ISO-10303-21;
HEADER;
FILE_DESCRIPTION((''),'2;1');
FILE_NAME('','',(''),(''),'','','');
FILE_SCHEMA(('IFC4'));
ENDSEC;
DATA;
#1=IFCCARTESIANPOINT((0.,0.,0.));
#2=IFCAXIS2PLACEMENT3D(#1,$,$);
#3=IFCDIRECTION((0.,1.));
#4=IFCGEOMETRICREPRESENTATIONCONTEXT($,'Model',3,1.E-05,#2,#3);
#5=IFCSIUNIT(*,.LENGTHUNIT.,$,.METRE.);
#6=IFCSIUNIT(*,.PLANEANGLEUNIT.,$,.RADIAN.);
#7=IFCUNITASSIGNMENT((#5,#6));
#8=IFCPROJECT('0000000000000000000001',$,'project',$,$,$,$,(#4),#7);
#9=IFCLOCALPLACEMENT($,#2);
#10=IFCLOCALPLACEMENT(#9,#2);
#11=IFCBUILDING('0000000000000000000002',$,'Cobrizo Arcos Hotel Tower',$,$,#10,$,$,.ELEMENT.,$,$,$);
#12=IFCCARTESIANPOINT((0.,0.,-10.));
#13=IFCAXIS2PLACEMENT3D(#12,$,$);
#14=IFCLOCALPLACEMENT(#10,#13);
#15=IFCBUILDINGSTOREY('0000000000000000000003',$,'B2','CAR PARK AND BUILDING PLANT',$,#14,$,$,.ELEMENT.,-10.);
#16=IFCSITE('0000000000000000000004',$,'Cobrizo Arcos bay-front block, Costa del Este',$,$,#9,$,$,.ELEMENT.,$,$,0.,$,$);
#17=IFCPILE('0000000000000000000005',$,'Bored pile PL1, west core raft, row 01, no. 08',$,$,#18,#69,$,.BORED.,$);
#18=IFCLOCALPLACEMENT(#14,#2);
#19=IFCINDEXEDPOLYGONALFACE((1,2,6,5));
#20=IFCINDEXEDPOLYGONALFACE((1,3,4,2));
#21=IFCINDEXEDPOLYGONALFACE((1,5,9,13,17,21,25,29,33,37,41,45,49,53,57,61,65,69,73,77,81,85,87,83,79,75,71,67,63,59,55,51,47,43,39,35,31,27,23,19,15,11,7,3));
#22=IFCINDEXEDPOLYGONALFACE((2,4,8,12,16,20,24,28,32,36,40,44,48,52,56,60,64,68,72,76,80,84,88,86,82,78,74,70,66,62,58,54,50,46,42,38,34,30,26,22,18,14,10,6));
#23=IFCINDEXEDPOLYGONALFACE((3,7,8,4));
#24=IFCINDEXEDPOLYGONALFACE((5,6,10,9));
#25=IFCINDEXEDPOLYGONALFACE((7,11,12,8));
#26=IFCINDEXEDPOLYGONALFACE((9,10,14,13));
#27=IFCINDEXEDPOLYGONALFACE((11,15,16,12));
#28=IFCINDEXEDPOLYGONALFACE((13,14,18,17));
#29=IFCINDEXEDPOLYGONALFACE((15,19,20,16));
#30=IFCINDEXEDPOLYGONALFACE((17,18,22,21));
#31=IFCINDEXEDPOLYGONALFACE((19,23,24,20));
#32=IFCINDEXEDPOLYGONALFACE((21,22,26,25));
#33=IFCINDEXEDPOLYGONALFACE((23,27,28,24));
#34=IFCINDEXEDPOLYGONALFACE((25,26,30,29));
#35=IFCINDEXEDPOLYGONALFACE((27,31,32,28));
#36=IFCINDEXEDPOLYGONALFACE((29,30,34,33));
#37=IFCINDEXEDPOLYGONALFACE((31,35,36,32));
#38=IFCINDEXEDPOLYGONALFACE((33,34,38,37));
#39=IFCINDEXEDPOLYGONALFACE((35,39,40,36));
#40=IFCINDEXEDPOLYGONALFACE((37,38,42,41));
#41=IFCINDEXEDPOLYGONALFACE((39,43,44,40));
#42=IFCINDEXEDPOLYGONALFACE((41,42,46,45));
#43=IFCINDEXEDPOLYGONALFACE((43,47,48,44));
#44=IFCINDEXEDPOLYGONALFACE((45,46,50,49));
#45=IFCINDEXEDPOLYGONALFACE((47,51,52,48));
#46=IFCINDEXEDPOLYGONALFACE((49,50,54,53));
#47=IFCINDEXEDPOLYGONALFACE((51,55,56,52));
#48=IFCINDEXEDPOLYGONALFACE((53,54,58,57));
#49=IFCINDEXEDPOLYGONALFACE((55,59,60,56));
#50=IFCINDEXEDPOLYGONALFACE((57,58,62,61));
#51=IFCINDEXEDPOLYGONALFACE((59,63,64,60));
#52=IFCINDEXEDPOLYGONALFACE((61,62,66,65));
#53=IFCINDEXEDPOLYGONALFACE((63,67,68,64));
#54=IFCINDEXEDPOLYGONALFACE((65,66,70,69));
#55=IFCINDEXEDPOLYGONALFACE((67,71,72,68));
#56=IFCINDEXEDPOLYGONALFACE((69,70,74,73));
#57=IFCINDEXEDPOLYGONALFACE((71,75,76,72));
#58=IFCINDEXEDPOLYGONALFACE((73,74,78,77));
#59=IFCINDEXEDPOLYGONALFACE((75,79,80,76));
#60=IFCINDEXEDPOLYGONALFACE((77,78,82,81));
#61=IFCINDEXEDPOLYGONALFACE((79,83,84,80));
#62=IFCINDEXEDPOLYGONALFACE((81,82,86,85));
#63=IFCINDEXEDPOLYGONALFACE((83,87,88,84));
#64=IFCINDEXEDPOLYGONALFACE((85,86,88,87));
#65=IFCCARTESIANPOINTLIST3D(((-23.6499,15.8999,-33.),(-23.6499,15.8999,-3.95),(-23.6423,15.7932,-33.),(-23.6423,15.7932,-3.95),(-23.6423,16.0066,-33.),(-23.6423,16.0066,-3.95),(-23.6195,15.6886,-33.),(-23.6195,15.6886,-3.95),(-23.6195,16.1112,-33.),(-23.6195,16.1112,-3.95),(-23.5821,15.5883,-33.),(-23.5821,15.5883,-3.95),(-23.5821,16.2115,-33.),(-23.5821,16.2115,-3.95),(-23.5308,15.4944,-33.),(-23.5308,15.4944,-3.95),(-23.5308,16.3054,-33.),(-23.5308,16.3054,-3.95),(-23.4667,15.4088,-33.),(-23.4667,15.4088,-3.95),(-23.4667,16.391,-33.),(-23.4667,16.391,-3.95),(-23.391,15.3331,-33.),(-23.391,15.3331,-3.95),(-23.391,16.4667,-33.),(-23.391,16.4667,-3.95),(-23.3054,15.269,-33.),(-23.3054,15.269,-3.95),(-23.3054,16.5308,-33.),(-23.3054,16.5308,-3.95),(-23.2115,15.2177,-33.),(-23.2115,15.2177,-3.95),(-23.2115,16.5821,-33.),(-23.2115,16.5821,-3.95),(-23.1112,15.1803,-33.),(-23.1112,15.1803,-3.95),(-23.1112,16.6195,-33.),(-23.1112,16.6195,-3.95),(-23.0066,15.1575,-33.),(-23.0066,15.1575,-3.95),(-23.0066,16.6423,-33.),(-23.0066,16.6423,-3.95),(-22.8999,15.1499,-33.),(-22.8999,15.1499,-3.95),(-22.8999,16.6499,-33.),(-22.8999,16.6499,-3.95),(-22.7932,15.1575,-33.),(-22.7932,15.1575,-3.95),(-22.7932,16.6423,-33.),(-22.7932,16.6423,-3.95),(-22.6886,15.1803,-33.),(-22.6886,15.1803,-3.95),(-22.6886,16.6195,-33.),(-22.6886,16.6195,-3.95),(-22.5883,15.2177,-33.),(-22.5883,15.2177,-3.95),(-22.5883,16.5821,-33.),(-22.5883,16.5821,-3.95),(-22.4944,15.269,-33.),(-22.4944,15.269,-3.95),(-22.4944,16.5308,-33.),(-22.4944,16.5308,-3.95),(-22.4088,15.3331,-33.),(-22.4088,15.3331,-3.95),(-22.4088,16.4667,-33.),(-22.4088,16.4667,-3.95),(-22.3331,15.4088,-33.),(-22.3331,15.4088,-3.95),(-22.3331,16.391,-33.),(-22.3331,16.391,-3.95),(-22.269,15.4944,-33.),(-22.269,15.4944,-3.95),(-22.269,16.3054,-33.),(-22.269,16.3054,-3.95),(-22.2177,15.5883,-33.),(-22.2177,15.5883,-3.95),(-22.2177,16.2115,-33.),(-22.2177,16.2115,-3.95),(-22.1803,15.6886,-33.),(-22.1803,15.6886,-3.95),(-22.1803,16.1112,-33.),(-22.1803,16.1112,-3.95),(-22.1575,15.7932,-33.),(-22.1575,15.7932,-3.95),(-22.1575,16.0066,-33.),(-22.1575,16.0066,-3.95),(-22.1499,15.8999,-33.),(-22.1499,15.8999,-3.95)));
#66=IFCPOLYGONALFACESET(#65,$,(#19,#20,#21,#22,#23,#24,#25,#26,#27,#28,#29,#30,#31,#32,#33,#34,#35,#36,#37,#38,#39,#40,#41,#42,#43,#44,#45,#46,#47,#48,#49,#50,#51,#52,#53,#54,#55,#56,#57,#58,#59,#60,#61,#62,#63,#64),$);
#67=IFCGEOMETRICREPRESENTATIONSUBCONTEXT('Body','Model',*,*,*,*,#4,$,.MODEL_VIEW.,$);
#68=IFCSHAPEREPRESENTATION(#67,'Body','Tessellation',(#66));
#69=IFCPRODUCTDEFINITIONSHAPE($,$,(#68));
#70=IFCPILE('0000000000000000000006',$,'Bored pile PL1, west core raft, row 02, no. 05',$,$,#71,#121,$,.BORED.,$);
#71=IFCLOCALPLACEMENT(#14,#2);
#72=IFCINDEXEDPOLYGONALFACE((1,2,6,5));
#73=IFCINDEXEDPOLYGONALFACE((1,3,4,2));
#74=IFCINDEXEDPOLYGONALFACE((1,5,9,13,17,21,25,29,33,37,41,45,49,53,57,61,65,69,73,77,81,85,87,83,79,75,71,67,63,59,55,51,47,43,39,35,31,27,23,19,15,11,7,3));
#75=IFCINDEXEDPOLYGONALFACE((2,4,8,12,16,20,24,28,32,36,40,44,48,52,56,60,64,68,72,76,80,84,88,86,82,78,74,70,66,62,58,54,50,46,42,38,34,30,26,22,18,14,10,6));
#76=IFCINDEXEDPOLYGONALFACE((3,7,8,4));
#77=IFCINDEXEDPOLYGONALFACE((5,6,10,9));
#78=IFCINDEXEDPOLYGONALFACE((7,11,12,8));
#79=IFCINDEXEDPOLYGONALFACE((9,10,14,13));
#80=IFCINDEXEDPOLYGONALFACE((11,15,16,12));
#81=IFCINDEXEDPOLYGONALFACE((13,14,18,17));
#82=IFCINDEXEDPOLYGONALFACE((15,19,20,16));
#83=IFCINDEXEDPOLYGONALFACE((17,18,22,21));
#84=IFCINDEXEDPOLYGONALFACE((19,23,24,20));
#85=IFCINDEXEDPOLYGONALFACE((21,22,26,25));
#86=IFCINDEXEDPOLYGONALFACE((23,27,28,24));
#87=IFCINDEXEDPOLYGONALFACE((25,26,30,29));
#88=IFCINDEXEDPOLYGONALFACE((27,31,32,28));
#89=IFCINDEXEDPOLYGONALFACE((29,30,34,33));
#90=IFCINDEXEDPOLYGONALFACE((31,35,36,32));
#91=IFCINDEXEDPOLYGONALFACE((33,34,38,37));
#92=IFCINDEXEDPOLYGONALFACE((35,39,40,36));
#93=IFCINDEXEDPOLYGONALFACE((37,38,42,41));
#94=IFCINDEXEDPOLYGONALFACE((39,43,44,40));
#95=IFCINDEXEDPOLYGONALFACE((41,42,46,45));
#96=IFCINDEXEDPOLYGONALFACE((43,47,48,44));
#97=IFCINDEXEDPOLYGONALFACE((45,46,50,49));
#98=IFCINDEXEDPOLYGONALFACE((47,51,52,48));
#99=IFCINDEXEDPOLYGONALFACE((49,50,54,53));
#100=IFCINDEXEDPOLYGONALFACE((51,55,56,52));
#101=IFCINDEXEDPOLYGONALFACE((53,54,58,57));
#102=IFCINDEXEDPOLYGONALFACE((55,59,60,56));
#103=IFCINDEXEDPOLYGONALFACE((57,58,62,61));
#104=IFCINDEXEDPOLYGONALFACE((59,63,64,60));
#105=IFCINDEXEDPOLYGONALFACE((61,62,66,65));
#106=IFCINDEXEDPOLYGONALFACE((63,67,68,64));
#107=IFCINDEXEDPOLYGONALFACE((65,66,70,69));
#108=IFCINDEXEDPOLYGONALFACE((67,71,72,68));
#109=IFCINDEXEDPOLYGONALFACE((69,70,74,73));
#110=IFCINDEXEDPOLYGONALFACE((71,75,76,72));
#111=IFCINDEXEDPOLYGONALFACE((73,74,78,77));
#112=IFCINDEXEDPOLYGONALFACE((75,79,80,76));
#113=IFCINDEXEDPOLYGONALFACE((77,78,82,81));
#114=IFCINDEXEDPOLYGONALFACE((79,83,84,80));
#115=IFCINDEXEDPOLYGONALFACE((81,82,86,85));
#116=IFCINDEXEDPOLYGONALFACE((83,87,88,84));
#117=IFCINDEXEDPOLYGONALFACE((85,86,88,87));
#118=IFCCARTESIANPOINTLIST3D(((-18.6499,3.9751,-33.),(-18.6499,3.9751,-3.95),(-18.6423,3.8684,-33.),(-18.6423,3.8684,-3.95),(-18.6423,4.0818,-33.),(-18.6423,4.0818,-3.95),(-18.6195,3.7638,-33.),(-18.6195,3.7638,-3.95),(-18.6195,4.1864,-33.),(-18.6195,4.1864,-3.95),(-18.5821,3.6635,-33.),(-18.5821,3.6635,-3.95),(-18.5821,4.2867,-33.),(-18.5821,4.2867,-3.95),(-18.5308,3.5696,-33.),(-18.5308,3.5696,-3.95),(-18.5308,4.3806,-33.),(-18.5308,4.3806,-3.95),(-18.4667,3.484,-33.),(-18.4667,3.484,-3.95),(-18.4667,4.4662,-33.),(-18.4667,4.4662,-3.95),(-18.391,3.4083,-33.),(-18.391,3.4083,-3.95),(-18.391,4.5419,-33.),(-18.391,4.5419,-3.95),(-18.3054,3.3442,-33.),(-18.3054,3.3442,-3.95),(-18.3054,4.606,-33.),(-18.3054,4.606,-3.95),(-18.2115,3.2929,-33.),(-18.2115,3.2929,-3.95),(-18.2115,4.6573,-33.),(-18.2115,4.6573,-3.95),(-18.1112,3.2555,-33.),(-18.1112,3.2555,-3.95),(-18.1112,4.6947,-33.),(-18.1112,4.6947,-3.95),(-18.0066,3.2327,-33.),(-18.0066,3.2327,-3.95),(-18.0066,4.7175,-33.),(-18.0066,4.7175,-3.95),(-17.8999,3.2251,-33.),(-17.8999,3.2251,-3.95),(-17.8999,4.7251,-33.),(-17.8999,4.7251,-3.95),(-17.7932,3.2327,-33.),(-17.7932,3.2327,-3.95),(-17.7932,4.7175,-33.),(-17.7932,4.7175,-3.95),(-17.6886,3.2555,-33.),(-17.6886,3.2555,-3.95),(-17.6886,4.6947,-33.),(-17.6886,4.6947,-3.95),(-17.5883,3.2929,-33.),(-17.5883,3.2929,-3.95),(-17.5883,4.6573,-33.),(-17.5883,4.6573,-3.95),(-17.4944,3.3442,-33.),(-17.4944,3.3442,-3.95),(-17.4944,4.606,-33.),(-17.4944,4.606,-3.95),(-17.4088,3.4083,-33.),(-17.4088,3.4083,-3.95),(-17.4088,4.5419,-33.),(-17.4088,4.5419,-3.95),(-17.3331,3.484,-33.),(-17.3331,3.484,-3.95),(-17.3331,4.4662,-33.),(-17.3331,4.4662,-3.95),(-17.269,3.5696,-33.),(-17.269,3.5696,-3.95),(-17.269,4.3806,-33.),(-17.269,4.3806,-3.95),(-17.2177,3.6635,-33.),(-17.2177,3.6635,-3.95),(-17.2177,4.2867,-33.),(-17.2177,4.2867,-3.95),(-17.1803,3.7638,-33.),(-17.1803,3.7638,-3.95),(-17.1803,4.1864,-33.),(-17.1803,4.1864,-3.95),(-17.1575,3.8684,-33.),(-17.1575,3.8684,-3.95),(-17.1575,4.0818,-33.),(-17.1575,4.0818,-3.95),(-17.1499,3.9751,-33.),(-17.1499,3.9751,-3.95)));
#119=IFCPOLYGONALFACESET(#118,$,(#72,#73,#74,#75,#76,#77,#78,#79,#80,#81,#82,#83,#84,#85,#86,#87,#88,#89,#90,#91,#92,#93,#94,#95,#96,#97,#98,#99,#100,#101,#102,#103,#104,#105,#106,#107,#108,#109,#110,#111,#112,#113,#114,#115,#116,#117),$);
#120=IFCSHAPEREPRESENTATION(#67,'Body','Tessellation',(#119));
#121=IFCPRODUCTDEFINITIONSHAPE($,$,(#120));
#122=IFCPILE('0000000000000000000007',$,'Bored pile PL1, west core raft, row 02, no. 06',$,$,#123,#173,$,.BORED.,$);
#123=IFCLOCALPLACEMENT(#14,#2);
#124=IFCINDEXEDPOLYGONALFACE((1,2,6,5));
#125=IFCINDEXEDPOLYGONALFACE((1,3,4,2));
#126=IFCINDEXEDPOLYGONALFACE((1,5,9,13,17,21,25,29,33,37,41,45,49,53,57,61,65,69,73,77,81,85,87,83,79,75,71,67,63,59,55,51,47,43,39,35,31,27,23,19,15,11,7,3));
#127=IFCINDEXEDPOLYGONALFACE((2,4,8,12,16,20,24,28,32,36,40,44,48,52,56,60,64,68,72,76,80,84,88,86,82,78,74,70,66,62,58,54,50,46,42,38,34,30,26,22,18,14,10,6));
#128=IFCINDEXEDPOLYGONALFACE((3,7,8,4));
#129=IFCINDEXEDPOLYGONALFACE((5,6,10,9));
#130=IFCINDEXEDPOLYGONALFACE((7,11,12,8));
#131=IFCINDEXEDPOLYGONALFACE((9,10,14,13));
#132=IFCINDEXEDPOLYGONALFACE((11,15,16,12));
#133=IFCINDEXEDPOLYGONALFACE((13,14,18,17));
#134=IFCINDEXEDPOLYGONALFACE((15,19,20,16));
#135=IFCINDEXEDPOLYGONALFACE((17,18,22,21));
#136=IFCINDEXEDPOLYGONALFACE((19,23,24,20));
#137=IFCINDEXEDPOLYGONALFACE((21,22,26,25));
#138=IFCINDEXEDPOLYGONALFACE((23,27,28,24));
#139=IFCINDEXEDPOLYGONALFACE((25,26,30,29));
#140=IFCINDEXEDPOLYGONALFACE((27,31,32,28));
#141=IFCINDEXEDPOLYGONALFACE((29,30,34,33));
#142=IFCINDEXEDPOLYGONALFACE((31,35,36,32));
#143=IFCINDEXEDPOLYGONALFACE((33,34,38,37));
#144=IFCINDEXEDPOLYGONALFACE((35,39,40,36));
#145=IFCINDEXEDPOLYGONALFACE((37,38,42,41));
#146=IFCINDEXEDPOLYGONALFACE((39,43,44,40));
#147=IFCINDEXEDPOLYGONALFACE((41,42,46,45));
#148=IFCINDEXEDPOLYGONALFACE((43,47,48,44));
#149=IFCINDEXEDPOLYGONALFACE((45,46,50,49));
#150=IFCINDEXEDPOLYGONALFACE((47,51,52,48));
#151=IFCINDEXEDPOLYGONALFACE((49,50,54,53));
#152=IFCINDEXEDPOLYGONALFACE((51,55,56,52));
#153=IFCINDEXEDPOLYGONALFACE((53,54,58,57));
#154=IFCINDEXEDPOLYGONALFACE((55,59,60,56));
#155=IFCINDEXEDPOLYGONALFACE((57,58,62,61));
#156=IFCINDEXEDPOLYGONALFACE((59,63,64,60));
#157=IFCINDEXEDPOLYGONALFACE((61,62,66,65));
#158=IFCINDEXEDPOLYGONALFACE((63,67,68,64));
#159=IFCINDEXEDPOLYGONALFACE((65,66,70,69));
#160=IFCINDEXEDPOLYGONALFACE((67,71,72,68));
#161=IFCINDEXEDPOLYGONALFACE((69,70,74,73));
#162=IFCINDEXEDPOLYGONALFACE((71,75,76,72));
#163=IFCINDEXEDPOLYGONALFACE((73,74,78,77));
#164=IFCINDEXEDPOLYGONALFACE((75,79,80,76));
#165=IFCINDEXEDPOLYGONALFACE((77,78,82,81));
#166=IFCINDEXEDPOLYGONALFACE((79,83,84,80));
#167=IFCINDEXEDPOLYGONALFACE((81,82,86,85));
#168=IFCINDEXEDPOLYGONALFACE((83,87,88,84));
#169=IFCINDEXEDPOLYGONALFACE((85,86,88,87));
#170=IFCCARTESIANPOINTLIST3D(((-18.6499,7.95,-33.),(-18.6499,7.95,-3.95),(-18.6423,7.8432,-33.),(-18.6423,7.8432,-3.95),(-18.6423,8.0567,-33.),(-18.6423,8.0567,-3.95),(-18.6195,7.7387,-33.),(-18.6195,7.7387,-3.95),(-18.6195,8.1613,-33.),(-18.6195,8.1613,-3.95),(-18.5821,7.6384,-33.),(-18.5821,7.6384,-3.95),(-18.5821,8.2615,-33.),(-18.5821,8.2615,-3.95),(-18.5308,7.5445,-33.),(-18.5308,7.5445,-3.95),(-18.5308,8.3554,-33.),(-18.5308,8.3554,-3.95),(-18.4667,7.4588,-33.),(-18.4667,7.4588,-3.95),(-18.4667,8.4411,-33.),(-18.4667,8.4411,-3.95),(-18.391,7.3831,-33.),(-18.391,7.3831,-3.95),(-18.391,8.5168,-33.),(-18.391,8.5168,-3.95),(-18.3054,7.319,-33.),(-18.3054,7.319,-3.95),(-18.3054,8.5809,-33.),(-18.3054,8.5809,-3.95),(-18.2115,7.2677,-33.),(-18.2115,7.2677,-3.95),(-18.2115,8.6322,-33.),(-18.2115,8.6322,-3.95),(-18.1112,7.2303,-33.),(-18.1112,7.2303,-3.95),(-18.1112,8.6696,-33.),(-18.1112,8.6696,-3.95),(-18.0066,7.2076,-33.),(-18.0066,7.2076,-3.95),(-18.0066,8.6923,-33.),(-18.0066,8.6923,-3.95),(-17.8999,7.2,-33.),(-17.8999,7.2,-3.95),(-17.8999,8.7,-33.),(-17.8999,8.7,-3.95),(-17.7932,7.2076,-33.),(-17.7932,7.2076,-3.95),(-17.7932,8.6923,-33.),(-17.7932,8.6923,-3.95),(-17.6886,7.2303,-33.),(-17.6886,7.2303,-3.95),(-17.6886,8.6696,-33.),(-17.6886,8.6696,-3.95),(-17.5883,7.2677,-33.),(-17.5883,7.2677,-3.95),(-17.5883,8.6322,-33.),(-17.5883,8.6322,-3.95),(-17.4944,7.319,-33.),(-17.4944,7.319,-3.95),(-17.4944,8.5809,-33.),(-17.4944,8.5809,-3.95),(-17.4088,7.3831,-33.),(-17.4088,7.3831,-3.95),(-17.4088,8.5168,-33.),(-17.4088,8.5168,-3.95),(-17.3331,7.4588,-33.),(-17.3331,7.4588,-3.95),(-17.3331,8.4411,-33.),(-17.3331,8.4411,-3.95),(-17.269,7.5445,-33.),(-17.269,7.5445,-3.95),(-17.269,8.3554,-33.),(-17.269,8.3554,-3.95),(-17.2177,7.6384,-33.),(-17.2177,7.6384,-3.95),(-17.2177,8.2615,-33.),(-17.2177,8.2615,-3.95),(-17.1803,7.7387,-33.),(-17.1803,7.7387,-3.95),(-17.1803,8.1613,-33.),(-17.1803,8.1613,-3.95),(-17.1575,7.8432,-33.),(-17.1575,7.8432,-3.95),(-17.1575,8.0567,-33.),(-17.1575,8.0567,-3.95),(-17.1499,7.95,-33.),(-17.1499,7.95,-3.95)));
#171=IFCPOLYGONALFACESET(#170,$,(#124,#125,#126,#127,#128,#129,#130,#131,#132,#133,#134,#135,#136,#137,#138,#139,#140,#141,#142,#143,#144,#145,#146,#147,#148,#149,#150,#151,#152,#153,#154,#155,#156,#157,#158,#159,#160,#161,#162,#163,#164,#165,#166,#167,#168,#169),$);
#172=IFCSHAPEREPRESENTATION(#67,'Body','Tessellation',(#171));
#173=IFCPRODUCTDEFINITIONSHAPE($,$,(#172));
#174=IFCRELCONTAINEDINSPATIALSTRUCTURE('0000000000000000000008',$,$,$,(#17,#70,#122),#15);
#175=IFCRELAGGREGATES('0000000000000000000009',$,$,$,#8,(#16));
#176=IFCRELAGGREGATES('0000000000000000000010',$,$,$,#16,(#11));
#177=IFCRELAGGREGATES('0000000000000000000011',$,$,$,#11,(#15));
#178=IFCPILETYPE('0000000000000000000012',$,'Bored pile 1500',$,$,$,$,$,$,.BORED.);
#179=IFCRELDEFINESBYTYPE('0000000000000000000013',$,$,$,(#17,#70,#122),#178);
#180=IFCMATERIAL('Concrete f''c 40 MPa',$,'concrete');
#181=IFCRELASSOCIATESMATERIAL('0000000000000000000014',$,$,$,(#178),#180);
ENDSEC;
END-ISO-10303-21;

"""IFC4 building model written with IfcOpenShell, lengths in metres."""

from ifc_helpers import new_model, si_unit, direction, frame, origin, origin_2d, place, context, subcontext, project, spatial, circle, extrude, material, material_profile, profile_set, type_object, element, save


model = new_model("IFC4")

# Units and contexts
model_context = context("Model", 3, precision=1e-05, world=origin(), true_north=direction((0.0, 1.0)))
body_context = subcontext(model_context, "Body", "Model", "MODEL_VIEW")
ifc_project = project(units=[si_unit("LENGTHUNIT", "METRE"), si_unit("PLANEANGLEUNIT", "RADIAN")], contexts=[model_context])

# Site, building, storey
site_placement = place(None, origin())
site = spatial("IfcSite", under=ifc_project, at=site_placement, Name="Cobrizo Arcos bay-front block, Costa del Este", CompositionType="ELEMENT", RefElevation=0.0)
building_placement = place(site_placement, origin())
building = spatial("IfcBuilding", under=site, at=building_placement, Name="Cobrizo Arcos Hotel Tower", CompositionType="ELEMENT")
storey_placement = place(building_placement, frame((0.0, 0.0, -10.0)))
storey = spatial("IfcBuildingStorey", under=building, at=storey_placement, Name="B2", Description="CAR PARK AND BUILDING PLANT", CompositionType="ELEMENT", Elevation=-10.0)

# Piles
ifc_material_1 = material(Name="Concrete f'c 40 MPa", Category="concrete")
ifc_material_profile_1 = material_profile(ifc_material_1, circle(Radius=0.75, at=origin_2d()), Name="BORED PILE 1500")
ifc_profile_set_1 = profile_set([ifc_material_profile_1], Name="Concrete f'c 40 MPa")
pile_type = type_object("IfcPileType", Name="Bored pile 1500", PredefinedType="BORED", material=ifc_profile_set_1)
for number, where, z_axis, x_axis, name in (
    (1, (-22.8999, 15.8999, -3.95), (0.0, 0.0, -1.0), (1.0, 0.0, 0.0), "Bored pile PL1, west core raft, row 01, no. 08"),
    (2, (-17.8999, 3.9751, -3.95), (0.0, 0.0, -1.0), (1.0, 0.0, 0.0), "Bored pile PL1, west core raft, row 02, no. 05"),
    (3, (-17.8999, 7.95, -3.95), (0.0, 0.0, -1.0), (1.0, 0.0, 0.0), "Bored pile PL1, west core raft, row 02, no. 06"),
):
    element("IfcPile", number, at=place(storey_placement, frame(where, z_axis=z_axis, x_axis=x_axis)), inside=storey, type_object=pile_type, Name=name, PredefinedType="BORED", context=body_context, shape_type="SweptSolid", body=[
        extrude(circle(Radius=0.75, at=origin_2d()), origin(), (0.0, 0.0, 1.0), 29.05),
    ])

save(model, "model.ifc")
